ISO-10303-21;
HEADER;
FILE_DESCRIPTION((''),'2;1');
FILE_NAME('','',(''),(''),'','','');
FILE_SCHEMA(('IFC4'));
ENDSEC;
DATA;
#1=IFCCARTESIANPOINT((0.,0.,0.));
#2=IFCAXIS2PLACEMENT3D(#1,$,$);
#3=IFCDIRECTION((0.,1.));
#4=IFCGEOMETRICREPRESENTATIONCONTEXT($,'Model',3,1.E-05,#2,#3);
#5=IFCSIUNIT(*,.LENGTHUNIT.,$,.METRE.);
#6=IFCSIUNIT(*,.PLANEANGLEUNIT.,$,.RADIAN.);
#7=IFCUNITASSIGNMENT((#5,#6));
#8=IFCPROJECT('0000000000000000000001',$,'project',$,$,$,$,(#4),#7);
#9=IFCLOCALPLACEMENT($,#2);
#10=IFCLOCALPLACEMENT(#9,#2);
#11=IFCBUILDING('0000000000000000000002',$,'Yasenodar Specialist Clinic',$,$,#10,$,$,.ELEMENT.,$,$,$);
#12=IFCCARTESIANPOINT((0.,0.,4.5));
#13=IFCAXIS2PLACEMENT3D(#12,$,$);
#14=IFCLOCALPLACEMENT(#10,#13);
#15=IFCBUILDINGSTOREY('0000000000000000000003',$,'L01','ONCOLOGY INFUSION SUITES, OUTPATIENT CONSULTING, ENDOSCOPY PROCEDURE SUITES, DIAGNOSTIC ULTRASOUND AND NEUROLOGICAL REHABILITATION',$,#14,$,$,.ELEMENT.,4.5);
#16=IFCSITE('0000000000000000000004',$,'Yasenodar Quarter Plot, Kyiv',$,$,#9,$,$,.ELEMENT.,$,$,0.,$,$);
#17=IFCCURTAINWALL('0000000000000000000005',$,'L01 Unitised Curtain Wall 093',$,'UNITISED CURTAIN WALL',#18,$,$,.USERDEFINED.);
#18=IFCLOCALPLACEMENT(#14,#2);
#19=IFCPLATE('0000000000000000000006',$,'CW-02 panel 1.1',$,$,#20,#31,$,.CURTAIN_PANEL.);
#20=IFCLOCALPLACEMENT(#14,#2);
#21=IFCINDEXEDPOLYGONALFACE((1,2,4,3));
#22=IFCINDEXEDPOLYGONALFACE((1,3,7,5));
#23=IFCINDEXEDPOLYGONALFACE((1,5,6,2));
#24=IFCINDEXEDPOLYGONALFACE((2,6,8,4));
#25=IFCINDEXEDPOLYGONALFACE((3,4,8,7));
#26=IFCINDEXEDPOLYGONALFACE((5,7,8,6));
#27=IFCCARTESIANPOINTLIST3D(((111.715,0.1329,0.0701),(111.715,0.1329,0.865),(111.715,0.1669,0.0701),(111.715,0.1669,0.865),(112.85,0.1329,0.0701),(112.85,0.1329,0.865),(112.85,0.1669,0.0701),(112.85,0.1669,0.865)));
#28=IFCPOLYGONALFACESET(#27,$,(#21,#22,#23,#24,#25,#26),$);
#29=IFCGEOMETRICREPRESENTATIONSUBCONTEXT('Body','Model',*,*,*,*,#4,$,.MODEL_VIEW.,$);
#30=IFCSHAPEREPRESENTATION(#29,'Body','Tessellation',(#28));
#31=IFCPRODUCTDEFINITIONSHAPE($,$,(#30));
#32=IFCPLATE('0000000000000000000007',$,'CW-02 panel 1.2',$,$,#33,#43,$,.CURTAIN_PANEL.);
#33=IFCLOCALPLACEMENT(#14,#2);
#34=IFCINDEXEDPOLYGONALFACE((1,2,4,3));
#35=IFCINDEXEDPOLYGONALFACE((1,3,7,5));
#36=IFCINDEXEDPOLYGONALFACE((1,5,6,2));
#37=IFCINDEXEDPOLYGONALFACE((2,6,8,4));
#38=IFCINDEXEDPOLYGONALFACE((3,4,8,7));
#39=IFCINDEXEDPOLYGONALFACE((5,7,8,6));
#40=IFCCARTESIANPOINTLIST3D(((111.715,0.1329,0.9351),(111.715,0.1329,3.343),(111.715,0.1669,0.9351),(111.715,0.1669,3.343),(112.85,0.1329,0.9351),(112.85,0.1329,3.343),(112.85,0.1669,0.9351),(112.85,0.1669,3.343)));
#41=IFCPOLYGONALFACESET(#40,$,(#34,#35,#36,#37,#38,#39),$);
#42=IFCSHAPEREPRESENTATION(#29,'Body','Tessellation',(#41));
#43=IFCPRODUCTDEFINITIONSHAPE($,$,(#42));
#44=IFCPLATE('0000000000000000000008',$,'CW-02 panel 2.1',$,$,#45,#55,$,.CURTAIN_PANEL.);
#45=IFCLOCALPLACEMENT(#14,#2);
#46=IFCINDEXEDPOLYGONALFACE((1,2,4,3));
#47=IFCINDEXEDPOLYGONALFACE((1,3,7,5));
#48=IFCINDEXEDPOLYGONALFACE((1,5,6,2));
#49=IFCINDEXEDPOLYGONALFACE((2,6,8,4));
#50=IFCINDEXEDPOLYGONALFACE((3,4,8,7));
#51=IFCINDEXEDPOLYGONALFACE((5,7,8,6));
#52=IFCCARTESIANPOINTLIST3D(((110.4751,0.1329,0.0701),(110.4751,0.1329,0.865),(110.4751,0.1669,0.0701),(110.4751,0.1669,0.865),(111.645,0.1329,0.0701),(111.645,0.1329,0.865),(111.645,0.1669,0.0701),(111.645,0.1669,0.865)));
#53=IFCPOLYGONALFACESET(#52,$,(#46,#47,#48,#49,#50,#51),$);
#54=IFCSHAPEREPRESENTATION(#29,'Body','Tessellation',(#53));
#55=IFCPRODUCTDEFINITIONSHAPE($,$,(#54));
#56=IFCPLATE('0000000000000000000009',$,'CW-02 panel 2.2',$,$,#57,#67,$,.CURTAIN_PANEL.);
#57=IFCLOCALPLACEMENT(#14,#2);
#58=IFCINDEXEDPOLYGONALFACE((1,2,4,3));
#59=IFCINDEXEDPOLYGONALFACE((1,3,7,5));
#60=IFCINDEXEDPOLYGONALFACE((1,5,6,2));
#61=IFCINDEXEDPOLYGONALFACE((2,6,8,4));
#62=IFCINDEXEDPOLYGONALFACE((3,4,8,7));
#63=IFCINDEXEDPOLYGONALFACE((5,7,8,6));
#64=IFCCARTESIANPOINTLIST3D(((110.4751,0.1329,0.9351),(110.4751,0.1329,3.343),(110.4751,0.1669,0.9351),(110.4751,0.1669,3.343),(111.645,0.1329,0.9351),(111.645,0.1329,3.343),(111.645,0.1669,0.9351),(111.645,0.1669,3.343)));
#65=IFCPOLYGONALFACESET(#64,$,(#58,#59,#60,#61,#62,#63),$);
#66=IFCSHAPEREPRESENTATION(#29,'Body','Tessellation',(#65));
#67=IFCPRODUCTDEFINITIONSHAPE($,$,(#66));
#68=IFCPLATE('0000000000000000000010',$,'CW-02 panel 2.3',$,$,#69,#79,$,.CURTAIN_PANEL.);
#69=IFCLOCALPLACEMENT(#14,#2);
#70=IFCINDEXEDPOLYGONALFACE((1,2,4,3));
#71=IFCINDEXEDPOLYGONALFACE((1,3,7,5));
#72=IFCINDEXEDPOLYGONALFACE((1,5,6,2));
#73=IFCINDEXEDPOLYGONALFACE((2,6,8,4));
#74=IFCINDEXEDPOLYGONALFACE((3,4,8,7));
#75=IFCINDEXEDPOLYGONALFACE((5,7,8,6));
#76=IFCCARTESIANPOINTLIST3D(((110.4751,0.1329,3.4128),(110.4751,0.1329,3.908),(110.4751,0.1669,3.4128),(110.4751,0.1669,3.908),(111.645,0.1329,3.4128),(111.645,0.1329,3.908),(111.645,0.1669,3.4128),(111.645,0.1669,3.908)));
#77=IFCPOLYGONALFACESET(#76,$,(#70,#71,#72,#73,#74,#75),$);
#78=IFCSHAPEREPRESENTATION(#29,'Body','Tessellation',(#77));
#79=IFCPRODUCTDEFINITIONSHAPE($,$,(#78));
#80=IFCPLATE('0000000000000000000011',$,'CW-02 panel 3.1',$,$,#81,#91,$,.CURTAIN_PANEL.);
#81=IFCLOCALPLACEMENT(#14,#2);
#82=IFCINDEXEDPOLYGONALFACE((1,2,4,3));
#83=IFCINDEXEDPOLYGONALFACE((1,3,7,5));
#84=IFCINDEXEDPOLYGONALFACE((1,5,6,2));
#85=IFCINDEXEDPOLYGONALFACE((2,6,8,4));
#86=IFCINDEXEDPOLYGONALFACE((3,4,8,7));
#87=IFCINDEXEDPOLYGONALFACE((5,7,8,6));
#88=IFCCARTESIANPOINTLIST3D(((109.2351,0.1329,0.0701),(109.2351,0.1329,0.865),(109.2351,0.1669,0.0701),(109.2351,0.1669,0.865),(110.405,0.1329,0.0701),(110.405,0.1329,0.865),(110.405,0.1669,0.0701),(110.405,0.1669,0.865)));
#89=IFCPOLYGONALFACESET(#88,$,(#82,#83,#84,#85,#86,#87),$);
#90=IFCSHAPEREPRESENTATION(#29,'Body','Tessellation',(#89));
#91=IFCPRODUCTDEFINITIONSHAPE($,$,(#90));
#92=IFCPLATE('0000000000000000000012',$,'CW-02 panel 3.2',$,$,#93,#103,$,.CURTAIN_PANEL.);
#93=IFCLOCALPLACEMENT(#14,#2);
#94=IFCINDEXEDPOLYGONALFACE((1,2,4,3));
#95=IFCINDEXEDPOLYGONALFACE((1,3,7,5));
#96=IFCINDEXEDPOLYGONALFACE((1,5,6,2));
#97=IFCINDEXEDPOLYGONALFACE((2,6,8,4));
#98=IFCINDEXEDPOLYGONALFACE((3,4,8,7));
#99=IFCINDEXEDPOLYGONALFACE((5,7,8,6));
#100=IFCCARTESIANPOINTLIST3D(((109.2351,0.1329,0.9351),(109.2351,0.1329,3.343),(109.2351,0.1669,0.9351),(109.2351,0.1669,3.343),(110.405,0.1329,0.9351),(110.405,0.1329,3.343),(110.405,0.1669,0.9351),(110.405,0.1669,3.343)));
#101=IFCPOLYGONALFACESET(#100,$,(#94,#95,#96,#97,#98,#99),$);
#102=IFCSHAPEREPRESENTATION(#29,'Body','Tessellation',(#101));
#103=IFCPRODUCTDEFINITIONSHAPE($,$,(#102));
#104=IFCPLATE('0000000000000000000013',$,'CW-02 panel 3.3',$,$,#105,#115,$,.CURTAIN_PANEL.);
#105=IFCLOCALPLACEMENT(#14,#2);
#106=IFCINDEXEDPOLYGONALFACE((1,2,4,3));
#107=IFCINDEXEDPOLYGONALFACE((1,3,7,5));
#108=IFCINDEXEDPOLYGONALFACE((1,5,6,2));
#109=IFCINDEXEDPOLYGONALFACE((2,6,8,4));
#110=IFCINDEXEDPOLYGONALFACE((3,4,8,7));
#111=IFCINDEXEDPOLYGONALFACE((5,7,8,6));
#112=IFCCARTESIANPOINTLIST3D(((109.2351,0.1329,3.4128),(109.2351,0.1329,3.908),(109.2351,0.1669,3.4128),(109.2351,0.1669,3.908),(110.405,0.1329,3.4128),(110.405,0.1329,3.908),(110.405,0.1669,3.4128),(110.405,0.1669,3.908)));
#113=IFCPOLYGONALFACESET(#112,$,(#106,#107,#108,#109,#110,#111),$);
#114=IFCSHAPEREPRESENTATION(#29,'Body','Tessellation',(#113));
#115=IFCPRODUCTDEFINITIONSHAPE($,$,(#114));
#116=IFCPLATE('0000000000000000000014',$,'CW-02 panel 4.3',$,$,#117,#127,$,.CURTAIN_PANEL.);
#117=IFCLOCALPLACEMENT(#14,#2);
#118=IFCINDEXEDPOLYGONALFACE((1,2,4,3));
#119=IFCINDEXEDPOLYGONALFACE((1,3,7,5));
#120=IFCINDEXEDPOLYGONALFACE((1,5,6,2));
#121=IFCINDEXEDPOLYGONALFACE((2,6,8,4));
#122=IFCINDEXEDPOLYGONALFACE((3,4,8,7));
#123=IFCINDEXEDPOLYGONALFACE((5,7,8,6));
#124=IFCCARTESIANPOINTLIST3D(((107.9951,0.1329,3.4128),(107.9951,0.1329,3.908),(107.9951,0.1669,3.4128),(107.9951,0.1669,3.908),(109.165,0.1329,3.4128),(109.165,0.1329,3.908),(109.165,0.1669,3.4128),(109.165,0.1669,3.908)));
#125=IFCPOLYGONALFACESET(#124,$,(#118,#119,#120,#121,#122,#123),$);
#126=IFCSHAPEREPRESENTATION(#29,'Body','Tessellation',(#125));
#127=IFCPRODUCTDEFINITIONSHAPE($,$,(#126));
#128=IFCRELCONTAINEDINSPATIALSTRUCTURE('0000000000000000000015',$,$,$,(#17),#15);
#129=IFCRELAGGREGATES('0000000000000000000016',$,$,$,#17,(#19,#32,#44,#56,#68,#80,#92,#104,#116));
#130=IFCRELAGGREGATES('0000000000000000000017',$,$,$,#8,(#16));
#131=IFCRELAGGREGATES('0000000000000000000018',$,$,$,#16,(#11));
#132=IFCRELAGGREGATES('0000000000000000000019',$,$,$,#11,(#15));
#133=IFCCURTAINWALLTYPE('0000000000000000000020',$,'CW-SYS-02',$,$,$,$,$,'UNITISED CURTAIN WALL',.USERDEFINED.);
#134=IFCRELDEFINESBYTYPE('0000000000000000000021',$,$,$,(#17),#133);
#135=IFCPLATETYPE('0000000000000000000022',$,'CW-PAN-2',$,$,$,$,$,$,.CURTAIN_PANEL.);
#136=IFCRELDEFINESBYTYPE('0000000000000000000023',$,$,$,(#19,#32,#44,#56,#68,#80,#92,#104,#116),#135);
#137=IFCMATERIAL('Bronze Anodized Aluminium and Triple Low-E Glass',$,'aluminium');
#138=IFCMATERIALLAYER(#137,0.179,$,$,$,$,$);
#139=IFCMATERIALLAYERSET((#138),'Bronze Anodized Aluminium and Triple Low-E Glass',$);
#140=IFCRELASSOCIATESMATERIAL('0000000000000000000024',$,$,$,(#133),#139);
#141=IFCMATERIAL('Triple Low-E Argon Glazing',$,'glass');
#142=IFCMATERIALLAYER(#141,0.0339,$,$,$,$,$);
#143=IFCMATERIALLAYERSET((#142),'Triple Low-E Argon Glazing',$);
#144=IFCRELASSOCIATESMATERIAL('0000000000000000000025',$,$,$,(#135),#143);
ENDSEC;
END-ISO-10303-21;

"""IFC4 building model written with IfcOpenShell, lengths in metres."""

from ifc_helpers import new_model, si_unit, direction, frame, origin, origin_2d, place, context, subcontext, project, spatial, rectangle, extrude, material, layer, layer_set, type_object, element, aggregate, save


model = new_model("IFC4")

# Units and contexts
model_context = context("Model", 3, precision=1e-05, world=origin(), true_north=direction((0.0, 1.0)))
body_context = subcontext(model_context, "Body", "Model", "MODEL_VIEW")
ifc_project = project(units=[si_unit("LENGTHUNIT", "METRE"), si_unit("PLANEANGLEUNIT", "RADIAN")], contexts=[model_context])

# Site, building, storey
site_placement = place(None, origin())
site = spatial("IfcSite", under=ifc_project, at=site_placement, Name="Yasenodar Quarter Plot, Kyiv", CompositionType="ELEMENT", RefElevation=0.0)
building_placement = place(site_placement, origin())
building = spatial("IfcBuilding", under=site, at=building_placement, Name="Yasenodar Specialist Clinic", CompositionType="ELEMENT")
storey_placement = place(building_placement, frame((0.0, 0.0, 4.5)))
storey = spatial("IfcBuildingStorey", under=building, at=storey_placement, Name="L01", Description="ONCOLOGY INFUSION SUITES, OUTPATIENT CONSULTING, ENDOSCOPY PROCEDURE SUITES, DIAGNOSTIC ULTRASOUND AND NEUROLOGICAL REHABILITATION", CompositionType="ELEMENT", Elevation=4.5)

# Curtain wall, plates
ifc_material_1 = material(Name="Bronze Anodized Aluminium and Triple Low-E Glass", Category="aluminium")
ifc_layer_1 = layer(ifc_material_1, 0.179)
ifc_layer_set_1 = layer_set([ifc_layer_1], Name="Bronze Anodized Aluminium and Triple Low-E Glass")
curtain_wall_type = type_object("IfcCurtainWallType", Name="CW-SYS-02", ElementType="UNITISED CURTAIN WALL", PredefinedType="USERDEFINED", material=ifc_layer_set_1)
curtain_wall_placement = place(storey_placement, origin())
curtain_wall = element("IfcCurtainWall", 1, at=curtain_wall_placement, inside=storey, type_object=curtain_wall_type, Name="L01 Unitised Curtain Wall 093", ObjectType="UNITISED CURTAIN WALL", PredefinedType="USERDEFINED")
ifc_material_2 = material(Name="Triple Low-E Argon Glazing", Category="glass")
ifc_layer_2 = layer(ifc_material_2, 0.0339)
ifc_layer_set_2 = layer_set([ifc_layer_2], Name="Triple Low-E Argon Glazing")
plate_type = type_object("IfcPlateType", Name="CW-PAN-2", PredefinedType="CURTAIN_PANEL", material=ifc_layer_set_2)
plate_1_placement = place(storey_placement, frame((112.2825, 0.1499, 0.0701), z_axis=(0.0, 0.0, 1.0), x_axis=(-1.0, 0.0, 0.0)))
plate_1 = element("IfcPlate", 2, at=plate_1_placement, type_object=plate_type, Name="CW-02 panel 1.1", PredefinedType="CURTAIN_PANEL", context=body_context, shape_type="SweptSolid", body=[
    extrude(rectangle(XDim=1.135, YDim=0.0339, at=origin_2d()), origin(), (0.0, 0.0, 1.0), 0.7949),
])
plate_2_placement = place(storey_placement, frame((112.2825, 0.1499, 0.9351), z_axis=(0.0, 0.0, 1.0), x_axis=(-1.0, 0.0, 0.0)))
plate_2 = element("IfcPlate", 3, at=plate_2_placement, type_object=plate_type, Name="CW-02 panel 1.2", PredefinedType="CURTAIN_PANEL", context=body_context, shape_type="SweptSolid", body=[
    extrude(rectangle(XDim=1.135, YDim=0.0339, at=origin_2d()), origin(), (0.0, 0.0, 1.0), 2.408),
])
plate_3_placement = place(storey_placement, frame((111.0601, 0.1499, 0.0701), z_axis=(0.0, 0.0, 1.0), x_axis=(-1.0, 0.0, 0.0)))
plate_3 = element("IfcPlate", 4, at=plate_3_placement, type_object=plate_type, Name="CW-02 panel 2.1", PredefinedType="CURTAIN_PANEL", context=body_context, shape_type="SweptSolid", body=[
    extrude(rectangle(XDim=1.1699, YDim=0.0339, at=origin_2d()), origin(), (0.0, 0.0, 1.0), 0.7949),
])
plate_4_placement = place(storey_placement, frame((111.0601, 0.1499, 0.9351), z_axis=(0.0, 0.0, 1.0), x_axis=(-1.0, 0.0, 0.0)))
plate_4 = element("IfcPlate", 5, at=plate_4_placement, type_object=plate_type, Name="CW-02 panel 2.2", PredefinedType="CURTAIN_PANEL", context=body_context, shape_type="SweptSolid", body=[
    extrude(rectangle(XDim=1.1699, YDim=0.0339, at=origin_2d()), origin(), (0.0, 0.0, 1.0), 2.408),
])
plate_5_placement = place(storey_placement, frame((111.0601, 0.1499, 3.4128), z_axis=(0.0, 0.0, 1.0), x_axis=(-1.0, 0.0, 0.0)))
plate_5 = element("IfcPlate", 6, at=plate_5_placement, type_object=plate_type, Name="CW-02 panel 2.3", PredefinedType="CURTAIN_PANEL", context=body_context, shape_type="SweptSolid", body=[
    extrude(rectangle(XDim=1.1699, YDim=0.0339, at=origin_2d()), origin(), (0.0, 0.0, 1.0), 0.4951),
])
plate_6_placement = place(storey_placement, frame((109.8201, 0.1499, 0.0701), z_axis=(0.0, 0.0, 1.0), x_axis=(-1.0, 0.0, 0.0)))
plate_6 = element("IfcPlate", 7, at=plate_6_placement, type_object=plate_type, Name="CW-02 panel 3.1", PredefinedType="CURTAIN_PANEL", context=body_context, shape_type="SweptSolid", body=[
    extrude(rectangle(XDim=1.1699, YDim=0.0339, at=origin_2d()), origin(), (0.0, 0.0, 1.0), 0.7949),
])
plate_7_placement = place(storey_placement, frame((109.8201, 0.1499, 0.9351), z_axis=(0.0, 0.0, 1.0), x_axis=(-1.0, 0.0, 0.0)))
plate_7 = element("IfcPlate", 8, at=plate_7_placement, type_object=plate_type, Name="CW-02 panel 3.2", PredefinedType="CURTAIN_PANEL", context=body_context, shape_type="SweptSolid", body=[
    extrude(rectangle(XDim=1.1699, YDim=0.0339, at=origin_2d()), origin(), (0.0, 0.0, 1.0), 2.408),
])
plate_8_placement = place(storey_placement, frame((109.8201, 0.1499, 3.4128), z_axis=(0.0, 0.0, 1.0), x_axis=(-1.0, 0.0, 0.0)))
plate_8 = element("IfcPlate", 9, at=plate_8_placement, type_object=plate_type, Name="CW-02 panel 3.3", PredefinedType="CURTAIN_PANEL", context=body_context, shape_type="SweptSolid", body=[
    extrude(rectangle(XDim=1.1699, YDim=0.0339, at=origin_2d()), origin(), (0.0, 0.0, 1.0), 0.4951),
])
plate_9_placement = place(storey_placement, frame((108.5801, 0.1499, 3.4128), z_axis=(0.0, 0.0, 1.0), x_axis=(-1.0, 0.0, 0.0)))
plate_9 = element("IfcPlate", 10, at=plate_9_placement, type_object=plate_type, Name="CW-02 panel 4.3", PredefinedType="CURTAIN_PANEL", context=body_context, shape_type="SweptSolid", body=[
    extrude(rectangle(XDim=1.1699, YDim=0.0339, at=origin_2d()), origin(), (0.0, 0.0, 1.0), 0.4951),
])
aggregate(curtain_wall, [plate_1, plate_2, plate_3, plate_4, plate_5, plate_6, plate_7, plate_8, plate_9])

save(model, "model.ifc")
